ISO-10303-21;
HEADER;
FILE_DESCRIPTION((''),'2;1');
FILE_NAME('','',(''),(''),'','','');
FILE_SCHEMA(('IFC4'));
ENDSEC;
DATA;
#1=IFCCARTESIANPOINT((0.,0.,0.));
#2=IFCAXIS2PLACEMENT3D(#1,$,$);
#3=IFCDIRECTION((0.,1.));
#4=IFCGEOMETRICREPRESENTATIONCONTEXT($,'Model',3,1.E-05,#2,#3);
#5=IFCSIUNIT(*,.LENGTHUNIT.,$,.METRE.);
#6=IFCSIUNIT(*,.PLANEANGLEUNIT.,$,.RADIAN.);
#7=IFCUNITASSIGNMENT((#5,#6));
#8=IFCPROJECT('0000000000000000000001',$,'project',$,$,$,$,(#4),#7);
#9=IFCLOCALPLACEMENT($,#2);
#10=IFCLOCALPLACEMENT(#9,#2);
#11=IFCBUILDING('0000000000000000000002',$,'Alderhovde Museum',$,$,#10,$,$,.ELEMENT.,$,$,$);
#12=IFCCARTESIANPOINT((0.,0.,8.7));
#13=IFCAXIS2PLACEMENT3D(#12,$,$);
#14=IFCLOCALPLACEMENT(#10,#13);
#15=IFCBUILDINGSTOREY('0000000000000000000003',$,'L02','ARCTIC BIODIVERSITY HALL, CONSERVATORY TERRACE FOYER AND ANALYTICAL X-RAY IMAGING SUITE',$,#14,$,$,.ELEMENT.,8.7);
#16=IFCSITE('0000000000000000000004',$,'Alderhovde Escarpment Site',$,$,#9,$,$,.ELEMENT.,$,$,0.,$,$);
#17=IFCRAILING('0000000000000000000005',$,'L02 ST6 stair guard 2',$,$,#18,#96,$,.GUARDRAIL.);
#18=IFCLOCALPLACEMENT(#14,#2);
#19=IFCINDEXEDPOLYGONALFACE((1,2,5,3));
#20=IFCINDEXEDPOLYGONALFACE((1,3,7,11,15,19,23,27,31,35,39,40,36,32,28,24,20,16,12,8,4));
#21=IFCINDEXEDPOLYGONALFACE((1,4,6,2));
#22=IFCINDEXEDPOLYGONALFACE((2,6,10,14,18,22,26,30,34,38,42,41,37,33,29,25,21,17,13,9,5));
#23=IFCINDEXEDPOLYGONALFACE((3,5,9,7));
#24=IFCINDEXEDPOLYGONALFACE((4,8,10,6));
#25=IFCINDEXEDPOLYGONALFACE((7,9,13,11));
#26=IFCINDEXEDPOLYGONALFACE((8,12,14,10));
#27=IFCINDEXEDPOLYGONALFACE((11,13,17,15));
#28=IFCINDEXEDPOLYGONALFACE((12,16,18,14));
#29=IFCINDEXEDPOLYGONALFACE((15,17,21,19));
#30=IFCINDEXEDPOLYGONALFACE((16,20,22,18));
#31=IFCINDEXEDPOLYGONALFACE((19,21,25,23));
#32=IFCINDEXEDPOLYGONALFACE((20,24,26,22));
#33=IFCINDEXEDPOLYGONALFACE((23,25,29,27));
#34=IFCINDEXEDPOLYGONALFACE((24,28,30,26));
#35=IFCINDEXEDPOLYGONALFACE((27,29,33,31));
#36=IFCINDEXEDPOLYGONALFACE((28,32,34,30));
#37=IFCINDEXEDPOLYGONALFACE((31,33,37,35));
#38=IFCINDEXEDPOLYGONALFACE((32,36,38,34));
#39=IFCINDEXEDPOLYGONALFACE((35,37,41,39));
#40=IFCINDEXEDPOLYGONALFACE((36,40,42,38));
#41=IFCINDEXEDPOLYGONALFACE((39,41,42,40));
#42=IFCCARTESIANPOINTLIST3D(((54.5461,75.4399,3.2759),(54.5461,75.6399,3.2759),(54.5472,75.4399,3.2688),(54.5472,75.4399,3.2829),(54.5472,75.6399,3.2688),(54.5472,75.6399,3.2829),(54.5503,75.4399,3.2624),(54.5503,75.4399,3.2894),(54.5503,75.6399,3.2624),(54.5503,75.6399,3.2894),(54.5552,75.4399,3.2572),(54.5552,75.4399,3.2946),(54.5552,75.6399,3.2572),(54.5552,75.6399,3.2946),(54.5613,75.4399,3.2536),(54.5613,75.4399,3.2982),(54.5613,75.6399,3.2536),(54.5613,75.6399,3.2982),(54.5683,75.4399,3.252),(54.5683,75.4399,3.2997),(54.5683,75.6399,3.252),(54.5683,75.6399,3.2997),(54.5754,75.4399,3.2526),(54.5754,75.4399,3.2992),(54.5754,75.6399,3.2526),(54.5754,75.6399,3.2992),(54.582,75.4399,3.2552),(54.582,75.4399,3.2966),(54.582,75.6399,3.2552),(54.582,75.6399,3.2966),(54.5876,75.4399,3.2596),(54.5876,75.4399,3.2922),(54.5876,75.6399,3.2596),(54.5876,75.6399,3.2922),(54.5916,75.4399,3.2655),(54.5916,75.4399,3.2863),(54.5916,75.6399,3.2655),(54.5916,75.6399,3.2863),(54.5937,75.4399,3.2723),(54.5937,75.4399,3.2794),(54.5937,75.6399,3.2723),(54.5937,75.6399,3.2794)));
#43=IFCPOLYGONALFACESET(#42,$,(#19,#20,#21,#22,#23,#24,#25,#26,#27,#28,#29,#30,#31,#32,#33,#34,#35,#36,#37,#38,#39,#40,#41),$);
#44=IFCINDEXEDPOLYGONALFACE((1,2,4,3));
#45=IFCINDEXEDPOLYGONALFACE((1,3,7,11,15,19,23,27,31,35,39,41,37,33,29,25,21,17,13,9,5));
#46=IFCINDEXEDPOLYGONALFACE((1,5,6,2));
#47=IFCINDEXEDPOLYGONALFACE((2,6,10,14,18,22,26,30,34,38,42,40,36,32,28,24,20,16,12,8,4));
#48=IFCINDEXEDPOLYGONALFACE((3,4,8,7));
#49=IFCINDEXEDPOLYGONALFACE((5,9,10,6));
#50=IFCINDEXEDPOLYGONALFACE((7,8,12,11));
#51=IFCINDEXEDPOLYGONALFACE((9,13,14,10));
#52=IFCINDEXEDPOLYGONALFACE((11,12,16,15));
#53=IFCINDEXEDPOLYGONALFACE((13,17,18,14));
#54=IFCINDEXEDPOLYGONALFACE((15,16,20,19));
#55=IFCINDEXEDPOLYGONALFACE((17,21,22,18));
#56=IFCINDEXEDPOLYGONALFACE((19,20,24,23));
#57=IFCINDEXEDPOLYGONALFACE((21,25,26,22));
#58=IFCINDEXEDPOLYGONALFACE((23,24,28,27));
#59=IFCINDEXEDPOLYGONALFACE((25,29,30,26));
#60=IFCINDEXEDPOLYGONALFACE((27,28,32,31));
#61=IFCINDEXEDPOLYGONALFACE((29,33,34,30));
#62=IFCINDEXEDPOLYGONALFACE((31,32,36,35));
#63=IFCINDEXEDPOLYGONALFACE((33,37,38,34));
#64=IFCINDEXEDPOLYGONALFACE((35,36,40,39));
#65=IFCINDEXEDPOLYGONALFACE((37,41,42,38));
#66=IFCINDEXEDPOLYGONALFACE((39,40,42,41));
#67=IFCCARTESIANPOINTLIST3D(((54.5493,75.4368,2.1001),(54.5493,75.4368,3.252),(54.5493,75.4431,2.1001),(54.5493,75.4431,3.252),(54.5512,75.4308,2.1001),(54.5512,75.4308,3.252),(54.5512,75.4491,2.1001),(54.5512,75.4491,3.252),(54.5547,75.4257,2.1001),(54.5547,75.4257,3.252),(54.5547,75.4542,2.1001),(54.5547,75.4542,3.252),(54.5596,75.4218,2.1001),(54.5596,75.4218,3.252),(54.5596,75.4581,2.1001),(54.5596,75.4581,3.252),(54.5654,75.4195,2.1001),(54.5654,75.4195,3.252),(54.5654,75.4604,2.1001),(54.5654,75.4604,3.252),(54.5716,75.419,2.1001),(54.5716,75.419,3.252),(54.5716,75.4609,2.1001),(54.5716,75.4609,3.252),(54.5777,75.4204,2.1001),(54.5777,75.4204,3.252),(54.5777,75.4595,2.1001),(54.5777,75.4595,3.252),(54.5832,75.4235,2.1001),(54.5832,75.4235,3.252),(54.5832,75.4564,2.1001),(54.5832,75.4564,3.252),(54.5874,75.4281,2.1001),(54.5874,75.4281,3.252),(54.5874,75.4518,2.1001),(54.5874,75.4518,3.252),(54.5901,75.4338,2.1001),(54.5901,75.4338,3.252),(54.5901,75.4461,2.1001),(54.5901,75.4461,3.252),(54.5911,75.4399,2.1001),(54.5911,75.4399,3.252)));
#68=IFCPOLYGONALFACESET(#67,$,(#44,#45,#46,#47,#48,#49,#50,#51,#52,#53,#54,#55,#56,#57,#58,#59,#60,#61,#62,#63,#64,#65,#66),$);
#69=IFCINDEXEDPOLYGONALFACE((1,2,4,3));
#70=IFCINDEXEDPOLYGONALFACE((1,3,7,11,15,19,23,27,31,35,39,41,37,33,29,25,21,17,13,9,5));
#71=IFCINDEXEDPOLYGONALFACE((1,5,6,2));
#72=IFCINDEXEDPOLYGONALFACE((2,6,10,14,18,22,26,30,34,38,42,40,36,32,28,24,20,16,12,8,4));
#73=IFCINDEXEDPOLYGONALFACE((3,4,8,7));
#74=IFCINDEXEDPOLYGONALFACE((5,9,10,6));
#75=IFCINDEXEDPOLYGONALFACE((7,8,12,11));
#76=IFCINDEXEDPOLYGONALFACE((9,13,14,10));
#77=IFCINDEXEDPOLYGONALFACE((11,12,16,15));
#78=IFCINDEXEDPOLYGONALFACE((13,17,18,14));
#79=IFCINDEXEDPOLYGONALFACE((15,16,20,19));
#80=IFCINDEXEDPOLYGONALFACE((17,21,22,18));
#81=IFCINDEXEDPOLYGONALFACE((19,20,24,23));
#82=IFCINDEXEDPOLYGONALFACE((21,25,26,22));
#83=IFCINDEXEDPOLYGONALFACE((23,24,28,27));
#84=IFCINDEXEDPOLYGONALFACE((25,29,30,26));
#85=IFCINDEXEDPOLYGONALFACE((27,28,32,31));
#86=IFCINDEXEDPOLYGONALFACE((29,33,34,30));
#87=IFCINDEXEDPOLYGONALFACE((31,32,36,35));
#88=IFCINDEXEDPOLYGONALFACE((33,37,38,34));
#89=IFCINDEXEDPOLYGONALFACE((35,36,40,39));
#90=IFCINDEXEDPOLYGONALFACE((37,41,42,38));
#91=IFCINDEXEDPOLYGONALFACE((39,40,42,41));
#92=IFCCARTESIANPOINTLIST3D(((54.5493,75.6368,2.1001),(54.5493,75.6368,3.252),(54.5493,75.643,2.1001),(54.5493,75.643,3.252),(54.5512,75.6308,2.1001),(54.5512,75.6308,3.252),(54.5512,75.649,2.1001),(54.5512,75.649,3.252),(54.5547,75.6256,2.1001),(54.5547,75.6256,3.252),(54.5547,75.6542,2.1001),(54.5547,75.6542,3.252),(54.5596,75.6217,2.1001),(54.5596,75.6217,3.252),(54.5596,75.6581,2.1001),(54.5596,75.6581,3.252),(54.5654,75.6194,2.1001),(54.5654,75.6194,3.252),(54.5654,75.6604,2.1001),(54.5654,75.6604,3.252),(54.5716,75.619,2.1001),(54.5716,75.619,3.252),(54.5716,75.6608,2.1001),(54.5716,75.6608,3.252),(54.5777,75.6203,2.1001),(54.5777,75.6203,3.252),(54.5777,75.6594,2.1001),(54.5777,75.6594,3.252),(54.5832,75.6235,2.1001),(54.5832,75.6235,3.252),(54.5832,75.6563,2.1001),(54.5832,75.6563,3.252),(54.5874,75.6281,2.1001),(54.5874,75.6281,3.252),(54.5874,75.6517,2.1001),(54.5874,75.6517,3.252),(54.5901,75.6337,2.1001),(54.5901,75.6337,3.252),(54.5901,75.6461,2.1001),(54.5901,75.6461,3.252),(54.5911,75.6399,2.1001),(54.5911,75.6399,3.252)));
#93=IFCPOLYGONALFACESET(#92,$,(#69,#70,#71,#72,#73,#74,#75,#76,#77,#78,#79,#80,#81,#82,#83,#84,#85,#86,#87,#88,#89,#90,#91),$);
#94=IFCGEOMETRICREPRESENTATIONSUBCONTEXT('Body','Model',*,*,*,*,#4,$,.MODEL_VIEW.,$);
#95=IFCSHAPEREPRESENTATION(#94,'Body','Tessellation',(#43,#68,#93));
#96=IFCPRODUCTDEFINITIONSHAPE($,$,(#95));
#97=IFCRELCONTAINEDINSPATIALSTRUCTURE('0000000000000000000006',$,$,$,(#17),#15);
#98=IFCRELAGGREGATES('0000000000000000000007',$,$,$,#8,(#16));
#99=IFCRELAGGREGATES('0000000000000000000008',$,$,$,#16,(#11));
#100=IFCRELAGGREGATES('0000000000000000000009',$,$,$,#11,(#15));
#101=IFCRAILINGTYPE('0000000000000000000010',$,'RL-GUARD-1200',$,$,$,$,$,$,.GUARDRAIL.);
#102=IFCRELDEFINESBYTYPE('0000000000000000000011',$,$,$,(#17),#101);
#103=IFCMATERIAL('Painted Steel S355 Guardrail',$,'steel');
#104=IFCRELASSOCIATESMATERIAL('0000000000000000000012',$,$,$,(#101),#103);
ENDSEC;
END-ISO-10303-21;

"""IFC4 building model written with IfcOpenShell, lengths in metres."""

from ifc_helpers import new_model, si_unit, direction, frame, origin, origin_2d, place, context, subcontext, project, spatial, circle, extrude, material, type_object, element, save


model = new_model("IFC4")

# Units and contexts
model_context = context("Model", 3, precision=1e-05, world=origin(), true_north=direction((0.0, 1.0)))
body_context = subcontext(model_context, "Body", "Model", "MODEL_VIEW")
ifc_project = project(units=[si_unit("LENGTHUNIT", "METRE"), si_unit("PLANEANGLEUNIT", "RADIAN")], contexts=[model_context])

# Site, building, storey
site_placement = place(None, origin())
site = spatial("IfcSite", under=ifc_project, at=site_placement, Name="Alderhovde Escarpment Site", CompositionType="ELEMENT", RefElevation=0.0)
building_placement = place(site_placement, origin())
building = spatial("IfcBuilding", under=site, at=building_placement, Name="Alderhovde Museum", CompositionType="ELEMENT")
storey_placement = place(building_placement, frame((0.0, 0.0, 8.7)))
storey = spatial("IfcBuildingStorey", under=building, at=storey_placement, Name="L02", Description="ARCTIC BIODIVERSITY HALL, CONSERVATORY TERRACE FOYER AND ANALYTICAL X-RAY IMAGING SUITE", CompositionType="ELEMENT", Elevation=8.7)

# Railing
ifc_material_1 = material(Name="Painted Steel S355 Guardrail", Category="steel")
railing_type_1 = type_object("IfcRailingType", Name="RL-GUARD-1200", PredefinedType="GUARDRAIL", material=ifc_material_1)
railing_1_placement = place(storey_placement, frame((54.5701, 75.4399, 2.1001)))
element("IfcRailing", 1, at=railing_1_placement, inside=storey, type_object=railing_type_1, Name="L02 ST6 stair guard 2", PredefinedType="GUARDRAIL", context=body_context, shape_type="SweptSolid", body=[
    extrude(circle(Radius=0.0239, at=origin_2d()), frame((0.0, 0.0, 1.1758), z_axis=(0.0, 1.0, 0.0), x_axis=(-1.0, 0.0, 0.0)), (0.0, 0.0, 1.0), 0.2),
    extrude(circle(Radius=0.021, at=origin_2d()), origin(), (0.0, 0.0, 1.0), 1.1519),
    extrude(circle(Radius=0.021, at=origin_2d()), frame((0.0, 0.2, 0.0)), (0.0, 0.0, 1.0), 1.1519),
])

save(model, "model.ifc")
